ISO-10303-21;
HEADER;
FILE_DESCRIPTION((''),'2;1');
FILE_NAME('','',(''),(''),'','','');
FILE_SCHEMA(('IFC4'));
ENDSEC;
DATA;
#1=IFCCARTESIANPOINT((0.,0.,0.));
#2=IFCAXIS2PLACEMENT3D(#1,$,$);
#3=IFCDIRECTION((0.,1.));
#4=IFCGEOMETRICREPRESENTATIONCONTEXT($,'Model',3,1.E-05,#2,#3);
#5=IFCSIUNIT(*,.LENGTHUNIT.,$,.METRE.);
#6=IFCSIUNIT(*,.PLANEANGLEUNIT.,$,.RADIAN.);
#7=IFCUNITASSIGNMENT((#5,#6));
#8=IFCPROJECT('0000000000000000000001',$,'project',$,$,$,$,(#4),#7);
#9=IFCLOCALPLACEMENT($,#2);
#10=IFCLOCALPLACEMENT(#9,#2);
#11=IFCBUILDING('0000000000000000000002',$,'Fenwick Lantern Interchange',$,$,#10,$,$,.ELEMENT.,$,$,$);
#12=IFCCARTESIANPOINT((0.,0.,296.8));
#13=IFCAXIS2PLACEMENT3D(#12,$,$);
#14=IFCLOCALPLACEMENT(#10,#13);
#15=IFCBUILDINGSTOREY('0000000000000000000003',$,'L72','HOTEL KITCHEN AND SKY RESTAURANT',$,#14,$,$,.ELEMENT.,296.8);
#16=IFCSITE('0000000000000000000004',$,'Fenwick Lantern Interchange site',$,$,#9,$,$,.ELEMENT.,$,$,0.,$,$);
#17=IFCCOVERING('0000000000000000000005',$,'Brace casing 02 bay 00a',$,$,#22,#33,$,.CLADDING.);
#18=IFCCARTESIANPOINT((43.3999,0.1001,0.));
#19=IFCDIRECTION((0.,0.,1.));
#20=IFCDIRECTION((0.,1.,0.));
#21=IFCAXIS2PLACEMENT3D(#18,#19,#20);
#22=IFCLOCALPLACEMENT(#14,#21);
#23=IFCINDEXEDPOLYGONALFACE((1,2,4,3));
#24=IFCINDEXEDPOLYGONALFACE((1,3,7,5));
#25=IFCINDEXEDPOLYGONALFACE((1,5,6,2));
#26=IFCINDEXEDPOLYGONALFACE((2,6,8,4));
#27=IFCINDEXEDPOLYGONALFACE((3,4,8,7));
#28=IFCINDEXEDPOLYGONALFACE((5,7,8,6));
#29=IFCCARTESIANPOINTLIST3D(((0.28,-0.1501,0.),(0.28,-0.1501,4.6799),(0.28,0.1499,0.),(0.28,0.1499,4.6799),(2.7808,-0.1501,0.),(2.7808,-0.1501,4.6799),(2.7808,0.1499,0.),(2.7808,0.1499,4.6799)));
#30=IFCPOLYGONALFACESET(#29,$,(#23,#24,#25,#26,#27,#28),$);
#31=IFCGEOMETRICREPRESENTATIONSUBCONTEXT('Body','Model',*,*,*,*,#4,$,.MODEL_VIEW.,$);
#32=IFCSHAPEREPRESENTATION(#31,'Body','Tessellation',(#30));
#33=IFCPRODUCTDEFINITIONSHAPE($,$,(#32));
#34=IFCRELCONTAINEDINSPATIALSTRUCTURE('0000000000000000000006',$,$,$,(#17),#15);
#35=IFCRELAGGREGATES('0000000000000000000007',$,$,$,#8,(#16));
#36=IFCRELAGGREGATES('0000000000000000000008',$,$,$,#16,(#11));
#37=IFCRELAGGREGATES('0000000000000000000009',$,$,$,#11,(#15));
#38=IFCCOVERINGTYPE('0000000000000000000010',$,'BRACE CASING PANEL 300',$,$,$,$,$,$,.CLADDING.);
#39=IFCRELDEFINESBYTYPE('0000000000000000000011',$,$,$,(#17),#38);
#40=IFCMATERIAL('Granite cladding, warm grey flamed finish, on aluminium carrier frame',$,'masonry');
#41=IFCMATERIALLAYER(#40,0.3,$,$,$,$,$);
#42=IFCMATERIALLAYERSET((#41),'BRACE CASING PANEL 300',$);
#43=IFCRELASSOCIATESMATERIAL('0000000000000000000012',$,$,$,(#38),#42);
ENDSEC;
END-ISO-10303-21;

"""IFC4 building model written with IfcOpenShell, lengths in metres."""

from ifc_helpers import new_model, si_unit, direction, frame, origin, place, context, subcontext, project, spatial, polyline, outline, extrude, material, layer, layer_set, type_object, element, save


model = new_model("IFC4")

# Units and contexts
model_context = context("Model", 3, precision=1e-05, world=origin(), true_north=direction((0.0, 1.0)))
body_context = subcontext(model_context, "Body", "Model", "MODEL_VIEW")
ifc_project = project(units=[si_unit("LENGTHUNIT", "METRE"), si_unit("PLANEANGLEUNIT", "RADIAN")], contexts=[model_context])

# Site, building, storey
site_placement = place(None, origin())
site = spatial("IfcSite", under=ifc_project, at=site_placement, Name="Fenwick Lantern Interchange site", CompositionType="ELEMENT", RefElevation=0.0)
building_placement = place(site_placement, origin())
building = spatial("IfcBuilding", under=site, at=building_placement, Name="Fenwick Lantern Interchange", CompositionType="ELEMENT")
storey_placement = place(building_placement, frame((0.0, 0.0, 296.8)))
storey = spatial("IfcBuildingStorey", under=building, at=storey_placement, Name="L72", Description="HOTEL KITCHEN AND SKY RESTAURANT", CompositionType="ELEMENT", Elevation=296.8)

# Covering
ifc_material_1 = material(Name="Granite cladding, warm grey flamed finish, on aluminium carrier frame", Category="masonry")
ifc_layer_1 = layer(ifc_material_1, 0.3)
ifc_layer_set_1 = layer_set([ifc_layer_1], Name="BRACE CASING PANEL 300")
covering_type = type_object("IfcCoveringType", Name="BRACE CASING PANEL 300", PredefinedType="CLADDING", material=ifc_layer_set_1)
covering_placement = place(storey_placement, frame((43.3999, 0.1001, 0.0), z_axis=(0.0, 0.0, 1.0), x_axis=(0.0, 1.0, 0.0)))
element("IfcCovering", 1, at=covering_placement, inside=storey, type_object=covering_type, Name="Brace casing 02 bay 00a", PredefinedType="CLADDING", context=body_context, shape_type="SweptSolid", body=[
    extrude(outline(polyline([(0.28, 0.0), (2.7808, 0.0), (2.7808, 4.6799), (0.28, 4.6799), (0.28, 0.0)])), frame((0.0, 0.1499, 0.0), z_axis=(0.0, -1.0, 0.0), x_axis=(1.0, 0.0, 0.0)), (0.0, 0.0, 1.0), 0.3),
])

save(model, "model.ifc")
